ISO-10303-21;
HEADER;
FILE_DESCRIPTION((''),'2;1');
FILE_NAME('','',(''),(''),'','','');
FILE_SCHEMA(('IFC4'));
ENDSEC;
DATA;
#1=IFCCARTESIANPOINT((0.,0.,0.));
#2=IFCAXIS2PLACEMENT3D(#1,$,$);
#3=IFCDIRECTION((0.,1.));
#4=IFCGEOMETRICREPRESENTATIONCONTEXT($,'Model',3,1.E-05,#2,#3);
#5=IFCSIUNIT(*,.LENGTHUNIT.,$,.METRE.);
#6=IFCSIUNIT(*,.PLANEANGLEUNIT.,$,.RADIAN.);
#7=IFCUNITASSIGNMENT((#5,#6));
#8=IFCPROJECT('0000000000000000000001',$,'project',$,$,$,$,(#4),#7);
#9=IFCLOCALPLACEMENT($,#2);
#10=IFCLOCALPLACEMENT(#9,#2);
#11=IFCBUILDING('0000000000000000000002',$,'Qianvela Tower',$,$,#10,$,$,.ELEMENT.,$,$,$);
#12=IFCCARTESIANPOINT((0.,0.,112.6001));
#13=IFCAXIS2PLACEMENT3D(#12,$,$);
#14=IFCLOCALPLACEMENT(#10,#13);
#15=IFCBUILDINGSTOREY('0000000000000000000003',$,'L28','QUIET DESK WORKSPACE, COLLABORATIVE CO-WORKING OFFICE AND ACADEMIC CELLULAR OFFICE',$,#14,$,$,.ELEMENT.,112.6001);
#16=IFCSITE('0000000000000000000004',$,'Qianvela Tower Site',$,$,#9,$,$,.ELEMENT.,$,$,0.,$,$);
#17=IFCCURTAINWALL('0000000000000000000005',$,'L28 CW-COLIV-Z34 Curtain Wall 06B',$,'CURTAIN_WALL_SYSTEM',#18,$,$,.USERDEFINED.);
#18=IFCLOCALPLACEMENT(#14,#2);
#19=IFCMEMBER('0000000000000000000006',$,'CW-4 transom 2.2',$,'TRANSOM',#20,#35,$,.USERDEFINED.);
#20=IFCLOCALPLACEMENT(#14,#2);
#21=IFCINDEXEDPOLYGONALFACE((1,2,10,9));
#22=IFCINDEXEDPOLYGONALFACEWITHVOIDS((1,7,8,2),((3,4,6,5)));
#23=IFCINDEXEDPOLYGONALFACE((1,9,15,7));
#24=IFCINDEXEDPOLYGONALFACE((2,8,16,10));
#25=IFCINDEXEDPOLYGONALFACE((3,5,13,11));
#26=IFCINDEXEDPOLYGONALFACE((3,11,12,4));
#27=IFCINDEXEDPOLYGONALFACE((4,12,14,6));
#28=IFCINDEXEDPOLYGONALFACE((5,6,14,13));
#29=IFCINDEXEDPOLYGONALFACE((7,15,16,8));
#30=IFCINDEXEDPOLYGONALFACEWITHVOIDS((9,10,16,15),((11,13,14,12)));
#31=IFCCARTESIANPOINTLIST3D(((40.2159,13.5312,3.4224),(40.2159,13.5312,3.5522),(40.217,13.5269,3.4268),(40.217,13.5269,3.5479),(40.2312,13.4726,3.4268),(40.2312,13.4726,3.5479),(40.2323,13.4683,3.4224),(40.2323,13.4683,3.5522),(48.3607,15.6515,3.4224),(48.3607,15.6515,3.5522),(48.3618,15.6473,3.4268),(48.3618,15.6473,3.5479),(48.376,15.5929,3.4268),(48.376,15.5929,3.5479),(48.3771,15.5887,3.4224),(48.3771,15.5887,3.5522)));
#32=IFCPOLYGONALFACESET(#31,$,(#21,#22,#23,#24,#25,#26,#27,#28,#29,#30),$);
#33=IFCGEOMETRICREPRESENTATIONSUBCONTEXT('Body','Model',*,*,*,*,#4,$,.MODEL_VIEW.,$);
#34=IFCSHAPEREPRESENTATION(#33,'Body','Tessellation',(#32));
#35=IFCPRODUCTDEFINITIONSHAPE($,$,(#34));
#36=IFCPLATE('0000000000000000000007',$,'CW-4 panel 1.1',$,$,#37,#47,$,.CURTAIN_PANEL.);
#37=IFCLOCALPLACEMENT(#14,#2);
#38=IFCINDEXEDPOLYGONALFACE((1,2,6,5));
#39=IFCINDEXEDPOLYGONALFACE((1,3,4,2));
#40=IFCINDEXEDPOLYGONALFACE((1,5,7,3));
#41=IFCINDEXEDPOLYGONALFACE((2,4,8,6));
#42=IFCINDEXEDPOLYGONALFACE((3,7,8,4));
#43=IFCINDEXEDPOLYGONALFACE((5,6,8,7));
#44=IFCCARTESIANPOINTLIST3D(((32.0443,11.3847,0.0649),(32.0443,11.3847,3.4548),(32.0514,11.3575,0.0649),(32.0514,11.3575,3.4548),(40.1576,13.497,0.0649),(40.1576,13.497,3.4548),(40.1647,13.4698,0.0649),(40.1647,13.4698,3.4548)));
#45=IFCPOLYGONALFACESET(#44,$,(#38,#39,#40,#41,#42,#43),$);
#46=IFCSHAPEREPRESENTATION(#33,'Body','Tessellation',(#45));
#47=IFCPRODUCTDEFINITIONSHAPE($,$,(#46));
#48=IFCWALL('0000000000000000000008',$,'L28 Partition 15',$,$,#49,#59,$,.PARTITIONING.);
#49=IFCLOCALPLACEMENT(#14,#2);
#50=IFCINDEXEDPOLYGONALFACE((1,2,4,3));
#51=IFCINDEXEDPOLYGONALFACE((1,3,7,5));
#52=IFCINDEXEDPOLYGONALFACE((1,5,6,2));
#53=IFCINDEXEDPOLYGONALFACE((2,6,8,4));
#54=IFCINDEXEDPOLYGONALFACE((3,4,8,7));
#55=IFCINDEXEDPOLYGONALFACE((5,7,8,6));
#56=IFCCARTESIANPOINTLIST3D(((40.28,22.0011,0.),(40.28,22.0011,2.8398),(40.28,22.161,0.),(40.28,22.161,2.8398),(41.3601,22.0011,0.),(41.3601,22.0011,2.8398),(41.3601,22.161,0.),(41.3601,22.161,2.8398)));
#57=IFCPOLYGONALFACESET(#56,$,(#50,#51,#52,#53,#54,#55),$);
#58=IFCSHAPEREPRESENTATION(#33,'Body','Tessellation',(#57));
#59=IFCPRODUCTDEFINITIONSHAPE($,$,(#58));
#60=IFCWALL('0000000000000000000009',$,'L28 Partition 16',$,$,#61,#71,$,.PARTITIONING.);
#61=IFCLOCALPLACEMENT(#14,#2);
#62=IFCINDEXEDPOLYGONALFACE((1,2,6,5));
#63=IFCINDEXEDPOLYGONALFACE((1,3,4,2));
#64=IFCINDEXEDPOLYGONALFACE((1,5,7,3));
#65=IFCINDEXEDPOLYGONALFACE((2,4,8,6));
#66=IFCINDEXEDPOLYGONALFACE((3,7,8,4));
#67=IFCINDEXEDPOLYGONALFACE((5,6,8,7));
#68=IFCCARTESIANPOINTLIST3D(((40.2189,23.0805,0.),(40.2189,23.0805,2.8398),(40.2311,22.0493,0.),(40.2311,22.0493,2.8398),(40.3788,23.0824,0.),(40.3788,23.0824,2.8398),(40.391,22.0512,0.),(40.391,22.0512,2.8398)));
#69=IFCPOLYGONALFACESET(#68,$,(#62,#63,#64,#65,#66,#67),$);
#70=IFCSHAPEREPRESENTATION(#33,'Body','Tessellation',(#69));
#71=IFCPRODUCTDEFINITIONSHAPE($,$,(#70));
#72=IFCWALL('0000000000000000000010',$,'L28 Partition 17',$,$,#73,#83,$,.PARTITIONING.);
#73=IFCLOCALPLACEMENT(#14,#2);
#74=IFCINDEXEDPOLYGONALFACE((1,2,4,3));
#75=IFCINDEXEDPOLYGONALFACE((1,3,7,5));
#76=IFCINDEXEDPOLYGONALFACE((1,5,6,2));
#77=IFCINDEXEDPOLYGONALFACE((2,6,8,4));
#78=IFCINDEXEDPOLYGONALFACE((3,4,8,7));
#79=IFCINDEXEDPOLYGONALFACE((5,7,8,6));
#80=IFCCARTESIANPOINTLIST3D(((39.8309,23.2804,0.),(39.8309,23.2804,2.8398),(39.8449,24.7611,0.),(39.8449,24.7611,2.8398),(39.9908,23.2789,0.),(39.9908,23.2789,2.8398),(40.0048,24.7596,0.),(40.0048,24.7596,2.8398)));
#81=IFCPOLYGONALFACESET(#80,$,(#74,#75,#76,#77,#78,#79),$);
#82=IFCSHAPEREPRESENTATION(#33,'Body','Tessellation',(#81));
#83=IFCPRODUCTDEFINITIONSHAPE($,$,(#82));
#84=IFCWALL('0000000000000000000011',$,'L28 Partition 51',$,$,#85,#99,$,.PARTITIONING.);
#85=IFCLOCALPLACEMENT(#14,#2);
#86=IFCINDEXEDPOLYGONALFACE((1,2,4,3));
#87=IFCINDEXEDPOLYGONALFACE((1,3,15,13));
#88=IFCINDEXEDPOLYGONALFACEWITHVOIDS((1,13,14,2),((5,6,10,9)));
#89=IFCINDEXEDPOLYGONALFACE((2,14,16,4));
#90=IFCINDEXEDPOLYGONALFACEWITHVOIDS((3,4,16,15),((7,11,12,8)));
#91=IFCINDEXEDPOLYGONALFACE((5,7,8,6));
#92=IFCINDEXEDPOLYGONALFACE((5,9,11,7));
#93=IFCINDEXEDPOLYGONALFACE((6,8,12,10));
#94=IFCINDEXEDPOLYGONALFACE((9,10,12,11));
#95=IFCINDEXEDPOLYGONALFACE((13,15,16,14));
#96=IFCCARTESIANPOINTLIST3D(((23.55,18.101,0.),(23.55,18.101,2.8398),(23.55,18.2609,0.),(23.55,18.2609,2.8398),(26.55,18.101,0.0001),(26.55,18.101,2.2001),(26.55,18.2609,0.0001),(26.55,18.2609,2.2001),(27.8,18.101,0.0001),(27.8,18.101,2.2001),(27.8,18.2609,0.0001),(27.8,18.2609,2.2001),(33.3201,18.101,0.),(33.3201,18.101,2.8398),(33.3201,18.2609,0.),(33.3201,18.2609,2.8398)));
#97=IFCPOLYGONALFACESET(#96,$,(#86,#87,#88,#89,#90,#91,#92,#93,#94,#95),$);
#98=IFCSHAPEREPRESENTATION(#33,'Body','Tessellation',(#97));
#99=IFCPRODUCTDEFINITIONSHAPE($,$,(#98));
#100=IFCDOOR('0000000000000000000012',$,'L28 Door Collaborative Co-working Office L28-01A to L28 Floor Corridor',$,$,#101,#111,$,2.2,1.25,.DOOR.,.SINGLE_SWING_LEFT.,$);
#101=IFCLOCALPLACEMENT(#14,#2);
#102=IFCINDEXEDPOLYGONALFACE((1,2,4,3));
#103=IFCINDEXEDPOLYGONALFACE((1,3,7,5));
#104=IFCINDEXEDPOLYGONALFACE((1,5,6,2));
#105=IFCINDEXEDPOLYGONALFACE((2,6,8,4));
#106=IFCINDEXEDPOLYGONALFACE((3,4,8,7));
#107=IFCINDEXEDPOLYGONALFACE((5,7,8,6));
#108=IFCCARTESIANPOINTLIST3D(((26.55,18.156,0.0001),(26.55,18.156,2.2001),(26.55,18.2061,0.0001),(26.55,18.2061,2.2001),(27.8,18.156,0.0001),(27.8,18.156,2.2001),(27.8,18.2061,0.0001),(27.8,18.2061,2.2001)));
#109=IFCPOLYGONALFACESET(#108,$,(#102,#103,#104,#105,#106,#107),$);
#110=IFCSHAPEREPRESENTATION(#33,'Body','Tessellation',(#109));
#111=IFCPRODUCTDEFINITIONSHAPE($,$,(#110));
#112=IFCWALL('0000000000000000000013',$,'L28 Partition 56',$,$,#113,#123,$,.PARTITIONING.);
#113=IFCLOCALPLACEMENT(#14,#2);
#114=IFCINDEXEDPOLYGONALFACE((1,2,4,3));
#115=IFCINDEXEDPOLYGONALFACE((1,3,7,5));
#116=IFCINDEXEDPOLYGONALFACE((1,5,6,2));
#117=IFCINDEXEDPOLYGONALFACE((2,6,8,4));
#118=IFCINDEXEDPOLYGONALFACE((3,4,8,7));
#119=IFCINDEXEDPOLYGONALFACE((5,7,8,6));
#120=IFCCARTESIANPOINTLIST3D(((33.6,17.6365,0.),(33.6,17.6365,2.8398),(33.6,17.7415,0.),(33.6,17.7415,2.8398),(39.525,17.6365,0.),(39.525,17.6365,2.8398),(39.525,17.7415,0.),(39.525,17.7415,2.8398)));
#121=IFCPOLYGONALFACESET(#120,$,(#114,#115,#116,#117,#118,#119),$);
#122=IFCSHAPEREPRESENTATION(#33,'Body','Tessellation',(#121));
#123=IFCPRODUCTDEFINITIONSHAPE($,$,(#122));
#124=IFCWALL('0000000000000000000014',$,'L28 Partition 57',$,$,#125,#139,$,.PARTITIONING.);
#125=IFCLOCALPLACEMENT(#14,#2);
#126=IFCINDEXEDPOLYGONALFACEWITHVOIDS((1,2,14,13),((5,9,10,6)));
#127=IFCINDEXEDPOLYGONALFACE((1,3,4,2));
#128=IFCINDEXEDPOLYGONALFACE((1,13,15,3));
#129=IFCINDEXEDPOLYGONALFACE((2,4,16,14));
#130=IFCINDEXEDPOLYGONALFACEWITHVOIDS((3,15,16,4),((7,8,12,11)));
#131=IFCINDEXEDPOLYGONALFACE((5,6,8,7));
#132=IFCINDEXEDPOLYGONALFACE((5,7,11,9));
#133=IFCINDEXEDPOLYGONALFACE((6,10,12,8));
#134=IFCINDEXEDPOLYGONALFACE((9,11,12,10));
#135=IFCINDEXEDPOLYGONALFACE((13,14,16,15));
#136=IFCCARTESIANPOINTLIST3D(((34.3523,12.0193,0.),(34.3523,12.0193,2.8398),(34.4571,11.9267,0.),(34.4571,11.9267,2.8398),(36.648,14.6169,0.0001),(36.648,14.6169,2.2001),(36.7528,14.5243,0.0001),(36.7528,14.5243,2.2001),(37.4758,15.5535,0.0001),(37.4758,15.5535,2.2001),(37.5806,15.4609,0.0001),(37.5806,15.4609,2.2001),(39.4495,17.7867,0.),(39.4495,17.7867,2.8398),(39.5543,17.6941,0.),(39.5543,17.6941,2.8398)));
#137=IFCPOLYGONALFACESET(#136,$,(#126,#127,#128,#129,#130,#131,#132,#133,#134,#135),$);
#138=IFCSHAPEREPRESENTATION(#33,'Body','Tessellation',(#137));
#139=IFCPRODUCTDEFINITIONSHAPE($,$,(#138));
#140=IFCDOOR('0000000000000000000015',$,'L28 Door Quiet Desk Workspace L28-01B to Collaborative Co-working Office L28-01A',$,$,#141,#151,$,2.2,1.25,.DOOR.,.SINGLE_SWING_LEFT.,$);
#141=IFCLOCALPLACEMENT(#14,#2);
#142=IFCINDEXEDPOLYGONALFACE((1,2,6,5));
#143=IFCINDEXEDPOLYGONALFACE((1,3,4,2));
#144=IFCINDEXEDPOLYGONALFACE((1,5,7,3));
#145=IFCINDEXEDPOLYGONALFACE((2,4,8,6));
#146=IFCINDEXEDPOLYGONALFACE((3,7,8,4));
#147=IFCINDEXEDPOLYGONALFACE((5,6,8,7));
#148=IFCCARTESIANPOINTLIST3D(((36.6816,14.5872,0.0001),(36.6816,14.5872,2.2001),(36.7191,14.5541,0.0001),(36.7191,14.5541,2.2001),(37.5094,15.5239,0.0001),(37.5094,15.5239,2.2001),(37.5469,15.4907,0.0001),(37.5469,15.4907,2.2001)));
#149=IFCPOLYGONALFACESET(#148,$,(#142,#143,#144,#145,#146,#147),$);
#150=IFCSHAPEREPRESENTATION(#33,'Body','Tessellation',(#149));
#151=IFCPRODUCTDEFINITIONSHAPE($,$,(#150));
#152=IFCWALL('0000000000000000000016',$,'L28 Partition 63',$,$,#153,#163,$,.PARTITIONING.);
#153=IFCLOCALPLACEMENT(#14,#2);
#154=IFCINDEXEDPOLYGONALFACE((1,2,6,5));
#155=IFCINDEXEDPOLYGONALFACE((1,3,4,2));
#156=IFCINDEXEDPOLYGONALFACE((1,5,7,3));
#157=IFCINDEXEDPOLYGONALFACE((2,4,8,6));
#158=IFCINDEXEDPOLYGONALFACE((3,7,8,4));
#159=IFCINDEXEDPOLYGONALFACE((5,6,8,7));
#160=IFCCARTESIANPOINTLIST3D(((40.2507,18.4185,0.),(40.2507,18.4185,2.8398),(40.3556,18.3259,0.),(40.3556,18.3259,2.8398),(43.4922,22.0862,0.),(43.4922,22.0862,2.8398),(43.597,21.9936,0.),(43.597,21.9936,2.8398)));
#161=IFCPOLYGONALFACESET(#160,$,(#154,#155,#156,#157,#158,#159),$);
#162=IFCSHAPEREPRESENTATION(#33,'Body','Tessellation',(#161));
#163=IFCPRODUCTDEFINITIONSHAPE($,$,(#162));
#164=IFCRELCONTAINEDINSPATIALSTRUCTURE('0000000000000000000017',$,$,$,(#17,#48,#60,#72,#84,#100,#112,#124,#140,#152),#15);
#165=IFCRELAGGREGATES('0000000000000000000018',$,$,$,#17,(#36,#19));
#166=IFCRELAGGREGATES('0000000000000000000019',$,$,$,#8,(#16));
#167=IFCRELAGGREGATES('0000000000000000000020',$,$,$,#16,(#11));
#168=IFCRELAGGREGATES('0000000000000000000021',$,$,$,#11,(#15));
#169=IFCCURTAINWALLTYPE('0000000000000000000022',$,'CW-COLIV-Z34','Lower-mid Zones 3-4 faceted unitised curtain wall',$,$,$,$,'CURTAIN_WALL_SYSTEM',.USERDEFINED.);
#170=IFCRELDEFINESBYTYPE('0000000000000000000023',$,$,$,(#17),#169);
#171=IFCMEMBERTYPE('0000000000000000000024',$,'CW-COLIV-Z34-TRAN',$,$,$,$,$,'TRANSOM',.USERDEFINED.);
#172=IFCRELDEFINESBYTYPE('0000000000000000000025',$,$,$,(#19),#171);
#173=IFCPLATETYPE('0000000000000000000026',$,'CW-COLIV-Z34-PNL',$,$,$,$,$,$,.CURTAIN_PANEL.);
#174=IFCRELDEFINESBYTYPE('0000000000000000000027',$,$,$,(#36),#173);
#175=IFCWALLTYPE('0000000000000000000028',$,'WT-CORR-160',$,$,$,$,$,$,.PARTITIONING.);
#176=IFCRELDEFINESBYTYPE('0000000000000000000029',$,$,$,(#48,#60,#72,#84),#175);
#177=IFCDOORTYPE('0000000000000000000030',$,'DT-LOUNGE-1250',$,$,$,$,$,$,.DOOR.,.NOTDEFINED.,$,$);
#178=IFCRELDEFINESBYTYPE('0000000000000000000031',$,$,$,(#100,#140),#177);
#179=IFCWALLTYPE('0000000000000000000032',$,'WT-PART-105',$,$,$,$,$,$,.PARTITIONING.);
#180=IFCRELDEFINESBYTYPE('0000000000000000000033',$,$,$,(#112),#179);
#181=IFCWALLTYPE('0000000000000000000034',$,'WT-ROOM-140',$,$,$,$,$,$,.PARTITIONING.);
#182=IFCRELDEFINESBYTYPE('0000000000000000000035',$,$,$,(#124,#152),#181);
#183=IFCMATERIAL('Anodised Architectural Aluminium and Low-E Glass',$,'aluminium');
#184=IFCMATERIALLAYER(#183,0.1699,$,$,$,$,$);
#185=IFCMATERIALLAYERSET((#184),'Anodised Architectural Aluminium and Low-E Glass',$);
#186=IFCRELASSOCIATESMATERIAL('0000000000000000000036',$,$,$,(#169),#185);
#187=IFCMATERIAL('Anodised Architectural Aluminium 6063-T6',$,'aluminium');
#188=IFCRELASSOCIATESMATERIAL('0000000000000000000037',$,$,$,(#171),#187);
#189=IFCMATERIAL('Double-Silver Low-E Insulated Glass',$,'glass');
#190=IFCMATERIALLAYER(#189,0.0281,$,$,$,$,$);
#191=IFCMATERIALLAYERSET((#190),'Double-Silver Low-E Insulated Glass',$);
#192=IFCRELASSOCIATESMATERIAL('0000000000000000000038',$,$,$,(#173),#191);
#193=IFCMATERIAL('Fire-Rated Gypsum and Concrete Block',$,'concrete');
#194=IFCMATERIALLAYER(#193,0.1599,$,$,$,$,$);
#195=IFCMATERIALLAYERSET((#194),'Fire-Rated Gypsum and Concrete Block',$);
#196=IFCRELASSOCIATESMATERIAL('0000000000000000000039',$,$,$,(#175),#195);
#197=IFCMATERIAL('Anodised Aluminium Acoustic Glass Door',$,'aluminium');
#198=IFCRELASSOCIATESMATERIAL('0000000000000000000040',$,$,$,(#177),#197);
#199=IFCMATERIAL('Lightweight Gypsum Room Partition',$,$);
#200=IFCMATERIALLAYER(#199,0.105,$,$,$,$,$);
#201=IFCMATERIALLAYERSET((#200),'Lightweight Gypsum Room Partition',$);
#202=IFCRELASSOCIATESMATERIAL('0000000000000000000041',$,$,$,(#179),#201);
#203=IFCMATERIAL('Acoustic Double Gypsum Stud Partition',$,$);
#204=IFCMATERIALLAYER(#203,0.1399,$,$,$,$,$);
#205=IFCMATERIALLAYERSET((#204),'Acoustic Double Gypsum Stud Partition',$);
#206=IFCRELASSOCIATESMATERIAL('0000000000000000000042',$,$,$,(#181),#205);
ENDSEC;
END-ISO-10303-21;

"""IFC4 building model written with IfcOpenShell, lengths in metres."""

from ifc_helpers import new_model, si_unit, direction, frame, frame_2d, origin, origin_2d, place, context, subcontext, project, spatial, rectangle, hollow_rectangle, extrude, material, layer, layer_set, material_profile, profile_set, type_object, element, fill, aggregate, save


model = new_model("IFC4")

# Units and contexts
model_context = context("Model", 3, precision=1e-05, world=origin(), true_north=direction((0.0, 1.0)))
body_context = subcontext(model_context, "Body", "Model", "MODEL_VIEW")
ifc_project = project(units=[si_unit("LENGTHUNIT", "METRE"), si_unit("PLANEANGLEUNIT", "RADIAN")], contexts=[model_context])

# Site, building, storey
site_placement = place(None, origin())
site = spatial("IfcSite", under=ifc_project, at=site_placement, Name="Qianvela Tower Site", CompositionType="ELEMENT", RefElevation=0.0)
building_placement = place(site_placement, origin())
building = spatial("IfcBuilding", under=site, at=building_placement, Name="Qianvela Tower", CompositionType="ELEMENT")
storey_placement = place(building_placement, frame((0.0, 0.0, 112.6001)))
storey = spatial("IfcBuildingStorey", under=building, at=storey_placement, Name="L28", Description="QUIET DESK WORKSPACE, COLLABORATIVE CO-WORKING OFFICE AND ACADEMIC CELLULAR OFFICE", CompositionType="ELEMENT", Elevation=112.6001)

# Curtain wall, member, plate
ifc_material_1 = material(Name="Anodised Architectural Aluminium and Low-E Glass", Category="aluminium")
ifc_layer_1 = layer(ifc_material_1, 0.1699)
ifc_layer_set_1 = layer_set([ifc_layer_1], Name="Anodised Architectural Aluminium and Low-E Glass")
curtain_wall_type = type_object("IfcCurtainWallType", Name="CW-COLIV-Z34", Description="Lower-mid Zones 3-4 faceted unitised curtain wall", ElementType="CURTAIN_WALL_SYSTEM", PredefinedType="USERDEFINED", material=ifc_layer_set_1)
curtain_wall_placement = place(storey_placement, origin())
curtain_wall = element("IfcCurtainWall", 1, at=curtain_wall_placement, inside=storey, type_object=curtain_wall_type, Name="L28 CW-COLIV-Z34 Curtain Wall 06B", ObjectType="CURTAIN_WALL_SYSTEM", PredefinedType="USERDEFINED")
ifc_material_2 = material(Name="Anodised Architectural Aluminium 6063-T6", Category="aluminium")
ifc_material_profile_1 = material_profile(ifc_material_2, hollow_rectangle(XDim=0.0649, YDim=0.1299, WallThickness=0.0044, at=origin_2d()), Name="ALU-TRAN-65x130")
ifc_profile_set_1 = profile_set([ifc_material_profile_1], Name="Anodised Architectural Aluminium 6063-T6")
member_type_1 = type_object("IfcMemberType", Name="CW-COLIV-Z34-TRAN", ElementType="TRANSOM", PredefinedType="USERDEFINED", material=ifc_profile_set_1)
member_1_placement = place(storey_placement, frame((40.2241, 13.4998, 3.4873), z_axis=(0.967744, 0.251937, 0.0), x_axis=(-0.251937, 0.967744, 0.0)))
member_1 = element("IfcMember", 2, at=member_1_placement, type_object=member_type_1, Name="CW-4 transom 2.2", ObjectType="TRANSOM", PredefinedType="USERDEFINED", context=body_context, shape_type="SweptSolid", body=[
    extrude(hollow_rectangle(XDim=0.0649, YDim=0.1299, WallThickness=0.0044, at=origin_2d()), origin(), (0.0, 0.0, 1.0), 8.4163),
])
ifc_material_3 = material(Name="Double-Silver Low-E Insulated Glass", Category="glass")
ifc_layer_2 = layer(ifc_material_3, 0.0281)
ifc_layer_set_2 = layer_set([ifc_layer_2], Name="Double-Silver Low-E Insulated Glass")
plate_type = type_object("IfcPlateType", Name="CW-COLIV-Z34-PNL", PredefinedType="CURTAIN_PANEL", material=ifc_layer_set_2)
plate_placement = place(storey_placement, frame((36.1045, 12.4272, 0.0649), z_axis=(0.0, 0.0, 1.0), x_axis=(0.96774, 0.25195, 0.0)))
plate = element("IfcPlate", 3, at=plate_placement, type_object=plate_type, Name="CW-4 panel 1.1", PredefinedType="CURTAIN_PANEL", context=body_context, shape_type="SweptSolid", body=[
    extrude(rectangle(XDim=8.3838, YDim=0.0281, at=origin_2d()), origin(), (0.0, 0.0, 1.0), 3.3899),
])
aggregate(curtain_wall, [plate, member_1])

# Shared definitions
ifc_material_4 = material(Name="Fire-Rated Gypsum and Concrete Block", Category="concrete")
ifc_layer_3 = layer(ifc_material_4, 0.1599)
ifc_layer_set_3 = layer_set([ifc_layer_3], Name="Fire-Rated Gypsum and Concrete Block")
wall_type_1 = type_object("IfcWallType", Name="WT-CORR-160", PredefinedType="PARTITIONING", material=ifc_layer_set_3)

# Walls
wall_1_placement = place(storey_placement, frame((41.3601, 22.0811, 0.0), z_axis=(0.0, 0.0, 1.0), x_axis=(-1.0, 0.0, 0.0)))
element("IfcWall", 4, at=wall_1_placement, inside=storey, type_object=wall_type_1, Name="L28 Partition 15", PredefinedType="PARTITIONING", context=body_context, shape_type="SweptSolid", body=[
    extrude(rectangle(XDim=1.0801, YDim=0.1599, at=frame_2d((0.54, 0.0))), origin(), (0.0, 0.0, 1.0), 2.8398),
])
wall_2_placement = place(storey_placement, frame((40.311, 22.0503, 0.0), z_axis=(0.0, 0.0, 1.0), x_axis=(-0.011836, 0.99993, 0.0)))
element("IfcWall", 5, at=wall_2_placement, inside=storey, type_object=wall_type_1, Name="L28 Partition 16", PredefinedType="PARTITIONING", context=body_context, shape_type="SweptSolid", body=[
    extrude(rectangle(XDim=1.0312, YDim=0.1599, at=frame_2d((0.5156, 0.0))), origin(), (0.0, 0.0, 1.0), 2.8398),
])
wall_3_placement = place(storey_placement, frame((39.9109, 23.2798, 0.0), z_axis=(0.0, 0.0, 1.0), x_axis=(0.009398, 0.999956, 0.0)))
element("IfcWall", 6, at=wall_3_placement, inside=storey, type_object=wall_type_1, Name="L28 Partition 17", PredefinedType="PARTITIONING", context=body_context, shape_type="SweptSolid", body=[
    extrude(rectangle(XDim=1.4807, YDim=0.1599, at=frame_2d((0.7402, 0.0))), origin(), (0.0, 0.0, 1.0), 2.8398),
])

# Wall, opening, door
wall_4_placement = place(storey_placement, frame((33.3201, 18.1809, 0.0), z_axis=(0.0, 0.0, 1.0), x_axis=(-1.0, 0.0, 0.0)))
wall_4 = element("IfcWall", 7, at=wall_4_placement, inside=storey, type_object=wall_type_1, Name="L28 Partition 51", PredefinedType="PARTITIONING", context=body_context, shape_type="SweptSolid", body=[
    extrude(rectangle(XDim=9.77, YDim=0.1599, at=frame_2d((4.885, 0.0))), origin(), (0.0, 0.0, 1.0), 2.8398),
])
opening_1_placement = place(wall_4_placement, frame((5.52, 0.0, 0.0)))
opening_1 = element("IfcOpeningElement", 8, at=opening_1_placement, cuts=wall_4, PredefinedType="OPENING", context=body_context, shape_type="SweptSolid", body=[
    extrude(rectangle(XDim=1.25, YDim=2.2, at=frame_2d((0.625, 1.1001))), frame((0.0, 0.0898, 0.0), z_axis=(0.0, -1.0, 0.0), x_axis=(1.0, 0.0, 0.0)), (0.0, 0.0, 1.0), 0.1799),
])
ifc_material_5 = material(Name="Anodised Aluminium Acoustic Glass Door", Category="aluminium")
door_type_1 = type_object("IfcDoorType", Name="DT-LOUNGE-1250", OperationType="NOTDEFINED", PredefinedType="DOOR", material=ifc_material_5)
door_1_placement = place(opening_1_placement, origin())
door_1 = element("IfcDoor", 9, at=door_1_placement, inside=storey, type_object=door_type_1, Name="L28 Door Collaborative Co-working Office L28-01A to L28 Floor Corridor", OperationType="SINGLE_SWING_LEFT", OverallHeight=2.2, OverallWidth=1.25, PredefinedType="DOOR", context=body_context, shape_type="SweptSolid", body=[
    extrude(rectangle(XDim=1.25, YDim=2.2, at=frame_2d((0.625, 1.1001))), frame((0.0, 0.0249, 0.0), z_axis=(0.0, -1.0, 0.0), x_axis=(1.0, 0.0, 0.0)), (0.0, 0.0, 1.0), 0.05),
])
fill(opening_1, door_1)

# Wall
ifc_material_6 = material(Name="Lightweight Gypsum Room Partition")
ifc_layer_4 = layer(ifc_material_6, 0.105)
ifc_layer_set_4 = layer_set([ifc_layer_4], Name="Lightweight Gypsum Room Partition")
wall_type_2 = type_object("IfcWallType", Name="WT-PART-105", PredefinedType="PARTITIONING", material=ifc_layer_set_4)
wall_5_placement = place(storey_placement, frame((33.6001, 17.689, 0.0), z_axis=(0.0, 0.0, 1.0), x_axis=(1.0, 0.0, 0.0)))
element("IfcWall", 10, at=wall_5_placement, inside=storey, type_object=wall_type_2, Name="L28 Partition 56", PredefinedType="PARTITIONING", context=body_context, shape_type="SweptSolid", body=[
    extrude(rectangle(XDim=5.925, YDim=0.105, at=frame_2d((2.9624, 0.0))), origin(), (0.0, 0.0, 1.0), 2.8398),
])

# Wall, opening, door
ifc_material_7 = material(Name="Acoustic Double Gypsum Stud Partition")
ifc_layer_5 = layer(ifc_material_7, 0.1399)
ifc_layer_set_5 = layer_set([ifc_layer_5], Name="Acoustic Double Gypsum Stud Partition")
wall_type_3 = type_object("IfcWallType", Name="WT-ROOM-140", PredefinedType="PARTITIONING", material=ifc_layer_set_5)
wall_6_placement = place(storey_placement, frame((39.502, 17.7405, 0.0), z_axis=(0.0, 0.0, 1.0), x_axis=(-0.662231, -0.7493, 0.0)))
wall_6 = element("IfcWall", 11, at=wall_6_placement, inside=storey, type_object=wall_type_3, Name="L28 Partition 57", PredefinedType="PARTITIONING", context=body_context, shape_type="SweptSolid", body=[
    extrude(rectangle(XDim=7.697, YDim=0.1399, at=frame_2d((3.8486, 0.0))), origin(), (0.0, 0.0, 1.0), 2.8398),
])
opening_2_placement = place(wall_6_placement, frame((2.9805, 0.0, 0.0)))
opening_2 = element("IfcOpeningElement", 12, at=opening_2_placement, cuts=wall_6, PredefinedType="OPENING", context=body_context, shape_type="SweptSolid", body=[
    extrude(rectangle(XDim=1.25, YDim=2.2, at=frame_2d((0.625, 1.1001))), frame((0.0, 0.0798, 0.0), z_axis=(0.0, -1.0, 0.0), x_axis=(1.0, 0.0, 0.0)), (0.0, 0.0, 1.0), 0.1599),
])
door_2_placement = place(opening_2_placement, origin())
door_2 = element("IfcDoor", 13, at=door_2_placement, inside=storey, type_object=door_type_1, Name="L28 Door Quiet Desk Workspace L28-01B to Collaborative Co-working Office L28-01A", OperationType="SINGLE_SWING_LEFT", OverallHeight=2.2, OverallWidth=1.25, PredefinedType="DOOR", context=body_context, shape_type="SweptSolid", body=[
    extrude(rectangle(XDim=1.25, YDim=2.2, at=frame_2d((0.625, 1.1001))), frame((0.0, 0.0249, 0.0), z_axis=(0.0, -1.0, 0.0), x_axis=(1.0, 0.0, 0.0)), (0.0, 0.0, 1.0), 0.05),
])
fill(opening_2, door_2)

# Wall
wall_7_placement = place(storey_placement, frame((40.3032, 18.3723, 0.0), z_axis=(0.0, 0.0, 1.0), x_axis=(0.662222, 0.749308, 0.0)))
element("IfcWall", 14, at=wall_7_placement, inside=storey, type_object=wall_type_3, Name="L28 Partition 63", PredefinedType="PARTITIONING", context=body_context, shape_type="SweptSolid", body=[
    extrude(rectangle(XDim=4.8948, YDim=0.1399, at=frame_2d((2.4473, 0.0))), origin(), (0.0, 0.0, 1.0), 2.8398),
])

save(model, "model.ifc")
